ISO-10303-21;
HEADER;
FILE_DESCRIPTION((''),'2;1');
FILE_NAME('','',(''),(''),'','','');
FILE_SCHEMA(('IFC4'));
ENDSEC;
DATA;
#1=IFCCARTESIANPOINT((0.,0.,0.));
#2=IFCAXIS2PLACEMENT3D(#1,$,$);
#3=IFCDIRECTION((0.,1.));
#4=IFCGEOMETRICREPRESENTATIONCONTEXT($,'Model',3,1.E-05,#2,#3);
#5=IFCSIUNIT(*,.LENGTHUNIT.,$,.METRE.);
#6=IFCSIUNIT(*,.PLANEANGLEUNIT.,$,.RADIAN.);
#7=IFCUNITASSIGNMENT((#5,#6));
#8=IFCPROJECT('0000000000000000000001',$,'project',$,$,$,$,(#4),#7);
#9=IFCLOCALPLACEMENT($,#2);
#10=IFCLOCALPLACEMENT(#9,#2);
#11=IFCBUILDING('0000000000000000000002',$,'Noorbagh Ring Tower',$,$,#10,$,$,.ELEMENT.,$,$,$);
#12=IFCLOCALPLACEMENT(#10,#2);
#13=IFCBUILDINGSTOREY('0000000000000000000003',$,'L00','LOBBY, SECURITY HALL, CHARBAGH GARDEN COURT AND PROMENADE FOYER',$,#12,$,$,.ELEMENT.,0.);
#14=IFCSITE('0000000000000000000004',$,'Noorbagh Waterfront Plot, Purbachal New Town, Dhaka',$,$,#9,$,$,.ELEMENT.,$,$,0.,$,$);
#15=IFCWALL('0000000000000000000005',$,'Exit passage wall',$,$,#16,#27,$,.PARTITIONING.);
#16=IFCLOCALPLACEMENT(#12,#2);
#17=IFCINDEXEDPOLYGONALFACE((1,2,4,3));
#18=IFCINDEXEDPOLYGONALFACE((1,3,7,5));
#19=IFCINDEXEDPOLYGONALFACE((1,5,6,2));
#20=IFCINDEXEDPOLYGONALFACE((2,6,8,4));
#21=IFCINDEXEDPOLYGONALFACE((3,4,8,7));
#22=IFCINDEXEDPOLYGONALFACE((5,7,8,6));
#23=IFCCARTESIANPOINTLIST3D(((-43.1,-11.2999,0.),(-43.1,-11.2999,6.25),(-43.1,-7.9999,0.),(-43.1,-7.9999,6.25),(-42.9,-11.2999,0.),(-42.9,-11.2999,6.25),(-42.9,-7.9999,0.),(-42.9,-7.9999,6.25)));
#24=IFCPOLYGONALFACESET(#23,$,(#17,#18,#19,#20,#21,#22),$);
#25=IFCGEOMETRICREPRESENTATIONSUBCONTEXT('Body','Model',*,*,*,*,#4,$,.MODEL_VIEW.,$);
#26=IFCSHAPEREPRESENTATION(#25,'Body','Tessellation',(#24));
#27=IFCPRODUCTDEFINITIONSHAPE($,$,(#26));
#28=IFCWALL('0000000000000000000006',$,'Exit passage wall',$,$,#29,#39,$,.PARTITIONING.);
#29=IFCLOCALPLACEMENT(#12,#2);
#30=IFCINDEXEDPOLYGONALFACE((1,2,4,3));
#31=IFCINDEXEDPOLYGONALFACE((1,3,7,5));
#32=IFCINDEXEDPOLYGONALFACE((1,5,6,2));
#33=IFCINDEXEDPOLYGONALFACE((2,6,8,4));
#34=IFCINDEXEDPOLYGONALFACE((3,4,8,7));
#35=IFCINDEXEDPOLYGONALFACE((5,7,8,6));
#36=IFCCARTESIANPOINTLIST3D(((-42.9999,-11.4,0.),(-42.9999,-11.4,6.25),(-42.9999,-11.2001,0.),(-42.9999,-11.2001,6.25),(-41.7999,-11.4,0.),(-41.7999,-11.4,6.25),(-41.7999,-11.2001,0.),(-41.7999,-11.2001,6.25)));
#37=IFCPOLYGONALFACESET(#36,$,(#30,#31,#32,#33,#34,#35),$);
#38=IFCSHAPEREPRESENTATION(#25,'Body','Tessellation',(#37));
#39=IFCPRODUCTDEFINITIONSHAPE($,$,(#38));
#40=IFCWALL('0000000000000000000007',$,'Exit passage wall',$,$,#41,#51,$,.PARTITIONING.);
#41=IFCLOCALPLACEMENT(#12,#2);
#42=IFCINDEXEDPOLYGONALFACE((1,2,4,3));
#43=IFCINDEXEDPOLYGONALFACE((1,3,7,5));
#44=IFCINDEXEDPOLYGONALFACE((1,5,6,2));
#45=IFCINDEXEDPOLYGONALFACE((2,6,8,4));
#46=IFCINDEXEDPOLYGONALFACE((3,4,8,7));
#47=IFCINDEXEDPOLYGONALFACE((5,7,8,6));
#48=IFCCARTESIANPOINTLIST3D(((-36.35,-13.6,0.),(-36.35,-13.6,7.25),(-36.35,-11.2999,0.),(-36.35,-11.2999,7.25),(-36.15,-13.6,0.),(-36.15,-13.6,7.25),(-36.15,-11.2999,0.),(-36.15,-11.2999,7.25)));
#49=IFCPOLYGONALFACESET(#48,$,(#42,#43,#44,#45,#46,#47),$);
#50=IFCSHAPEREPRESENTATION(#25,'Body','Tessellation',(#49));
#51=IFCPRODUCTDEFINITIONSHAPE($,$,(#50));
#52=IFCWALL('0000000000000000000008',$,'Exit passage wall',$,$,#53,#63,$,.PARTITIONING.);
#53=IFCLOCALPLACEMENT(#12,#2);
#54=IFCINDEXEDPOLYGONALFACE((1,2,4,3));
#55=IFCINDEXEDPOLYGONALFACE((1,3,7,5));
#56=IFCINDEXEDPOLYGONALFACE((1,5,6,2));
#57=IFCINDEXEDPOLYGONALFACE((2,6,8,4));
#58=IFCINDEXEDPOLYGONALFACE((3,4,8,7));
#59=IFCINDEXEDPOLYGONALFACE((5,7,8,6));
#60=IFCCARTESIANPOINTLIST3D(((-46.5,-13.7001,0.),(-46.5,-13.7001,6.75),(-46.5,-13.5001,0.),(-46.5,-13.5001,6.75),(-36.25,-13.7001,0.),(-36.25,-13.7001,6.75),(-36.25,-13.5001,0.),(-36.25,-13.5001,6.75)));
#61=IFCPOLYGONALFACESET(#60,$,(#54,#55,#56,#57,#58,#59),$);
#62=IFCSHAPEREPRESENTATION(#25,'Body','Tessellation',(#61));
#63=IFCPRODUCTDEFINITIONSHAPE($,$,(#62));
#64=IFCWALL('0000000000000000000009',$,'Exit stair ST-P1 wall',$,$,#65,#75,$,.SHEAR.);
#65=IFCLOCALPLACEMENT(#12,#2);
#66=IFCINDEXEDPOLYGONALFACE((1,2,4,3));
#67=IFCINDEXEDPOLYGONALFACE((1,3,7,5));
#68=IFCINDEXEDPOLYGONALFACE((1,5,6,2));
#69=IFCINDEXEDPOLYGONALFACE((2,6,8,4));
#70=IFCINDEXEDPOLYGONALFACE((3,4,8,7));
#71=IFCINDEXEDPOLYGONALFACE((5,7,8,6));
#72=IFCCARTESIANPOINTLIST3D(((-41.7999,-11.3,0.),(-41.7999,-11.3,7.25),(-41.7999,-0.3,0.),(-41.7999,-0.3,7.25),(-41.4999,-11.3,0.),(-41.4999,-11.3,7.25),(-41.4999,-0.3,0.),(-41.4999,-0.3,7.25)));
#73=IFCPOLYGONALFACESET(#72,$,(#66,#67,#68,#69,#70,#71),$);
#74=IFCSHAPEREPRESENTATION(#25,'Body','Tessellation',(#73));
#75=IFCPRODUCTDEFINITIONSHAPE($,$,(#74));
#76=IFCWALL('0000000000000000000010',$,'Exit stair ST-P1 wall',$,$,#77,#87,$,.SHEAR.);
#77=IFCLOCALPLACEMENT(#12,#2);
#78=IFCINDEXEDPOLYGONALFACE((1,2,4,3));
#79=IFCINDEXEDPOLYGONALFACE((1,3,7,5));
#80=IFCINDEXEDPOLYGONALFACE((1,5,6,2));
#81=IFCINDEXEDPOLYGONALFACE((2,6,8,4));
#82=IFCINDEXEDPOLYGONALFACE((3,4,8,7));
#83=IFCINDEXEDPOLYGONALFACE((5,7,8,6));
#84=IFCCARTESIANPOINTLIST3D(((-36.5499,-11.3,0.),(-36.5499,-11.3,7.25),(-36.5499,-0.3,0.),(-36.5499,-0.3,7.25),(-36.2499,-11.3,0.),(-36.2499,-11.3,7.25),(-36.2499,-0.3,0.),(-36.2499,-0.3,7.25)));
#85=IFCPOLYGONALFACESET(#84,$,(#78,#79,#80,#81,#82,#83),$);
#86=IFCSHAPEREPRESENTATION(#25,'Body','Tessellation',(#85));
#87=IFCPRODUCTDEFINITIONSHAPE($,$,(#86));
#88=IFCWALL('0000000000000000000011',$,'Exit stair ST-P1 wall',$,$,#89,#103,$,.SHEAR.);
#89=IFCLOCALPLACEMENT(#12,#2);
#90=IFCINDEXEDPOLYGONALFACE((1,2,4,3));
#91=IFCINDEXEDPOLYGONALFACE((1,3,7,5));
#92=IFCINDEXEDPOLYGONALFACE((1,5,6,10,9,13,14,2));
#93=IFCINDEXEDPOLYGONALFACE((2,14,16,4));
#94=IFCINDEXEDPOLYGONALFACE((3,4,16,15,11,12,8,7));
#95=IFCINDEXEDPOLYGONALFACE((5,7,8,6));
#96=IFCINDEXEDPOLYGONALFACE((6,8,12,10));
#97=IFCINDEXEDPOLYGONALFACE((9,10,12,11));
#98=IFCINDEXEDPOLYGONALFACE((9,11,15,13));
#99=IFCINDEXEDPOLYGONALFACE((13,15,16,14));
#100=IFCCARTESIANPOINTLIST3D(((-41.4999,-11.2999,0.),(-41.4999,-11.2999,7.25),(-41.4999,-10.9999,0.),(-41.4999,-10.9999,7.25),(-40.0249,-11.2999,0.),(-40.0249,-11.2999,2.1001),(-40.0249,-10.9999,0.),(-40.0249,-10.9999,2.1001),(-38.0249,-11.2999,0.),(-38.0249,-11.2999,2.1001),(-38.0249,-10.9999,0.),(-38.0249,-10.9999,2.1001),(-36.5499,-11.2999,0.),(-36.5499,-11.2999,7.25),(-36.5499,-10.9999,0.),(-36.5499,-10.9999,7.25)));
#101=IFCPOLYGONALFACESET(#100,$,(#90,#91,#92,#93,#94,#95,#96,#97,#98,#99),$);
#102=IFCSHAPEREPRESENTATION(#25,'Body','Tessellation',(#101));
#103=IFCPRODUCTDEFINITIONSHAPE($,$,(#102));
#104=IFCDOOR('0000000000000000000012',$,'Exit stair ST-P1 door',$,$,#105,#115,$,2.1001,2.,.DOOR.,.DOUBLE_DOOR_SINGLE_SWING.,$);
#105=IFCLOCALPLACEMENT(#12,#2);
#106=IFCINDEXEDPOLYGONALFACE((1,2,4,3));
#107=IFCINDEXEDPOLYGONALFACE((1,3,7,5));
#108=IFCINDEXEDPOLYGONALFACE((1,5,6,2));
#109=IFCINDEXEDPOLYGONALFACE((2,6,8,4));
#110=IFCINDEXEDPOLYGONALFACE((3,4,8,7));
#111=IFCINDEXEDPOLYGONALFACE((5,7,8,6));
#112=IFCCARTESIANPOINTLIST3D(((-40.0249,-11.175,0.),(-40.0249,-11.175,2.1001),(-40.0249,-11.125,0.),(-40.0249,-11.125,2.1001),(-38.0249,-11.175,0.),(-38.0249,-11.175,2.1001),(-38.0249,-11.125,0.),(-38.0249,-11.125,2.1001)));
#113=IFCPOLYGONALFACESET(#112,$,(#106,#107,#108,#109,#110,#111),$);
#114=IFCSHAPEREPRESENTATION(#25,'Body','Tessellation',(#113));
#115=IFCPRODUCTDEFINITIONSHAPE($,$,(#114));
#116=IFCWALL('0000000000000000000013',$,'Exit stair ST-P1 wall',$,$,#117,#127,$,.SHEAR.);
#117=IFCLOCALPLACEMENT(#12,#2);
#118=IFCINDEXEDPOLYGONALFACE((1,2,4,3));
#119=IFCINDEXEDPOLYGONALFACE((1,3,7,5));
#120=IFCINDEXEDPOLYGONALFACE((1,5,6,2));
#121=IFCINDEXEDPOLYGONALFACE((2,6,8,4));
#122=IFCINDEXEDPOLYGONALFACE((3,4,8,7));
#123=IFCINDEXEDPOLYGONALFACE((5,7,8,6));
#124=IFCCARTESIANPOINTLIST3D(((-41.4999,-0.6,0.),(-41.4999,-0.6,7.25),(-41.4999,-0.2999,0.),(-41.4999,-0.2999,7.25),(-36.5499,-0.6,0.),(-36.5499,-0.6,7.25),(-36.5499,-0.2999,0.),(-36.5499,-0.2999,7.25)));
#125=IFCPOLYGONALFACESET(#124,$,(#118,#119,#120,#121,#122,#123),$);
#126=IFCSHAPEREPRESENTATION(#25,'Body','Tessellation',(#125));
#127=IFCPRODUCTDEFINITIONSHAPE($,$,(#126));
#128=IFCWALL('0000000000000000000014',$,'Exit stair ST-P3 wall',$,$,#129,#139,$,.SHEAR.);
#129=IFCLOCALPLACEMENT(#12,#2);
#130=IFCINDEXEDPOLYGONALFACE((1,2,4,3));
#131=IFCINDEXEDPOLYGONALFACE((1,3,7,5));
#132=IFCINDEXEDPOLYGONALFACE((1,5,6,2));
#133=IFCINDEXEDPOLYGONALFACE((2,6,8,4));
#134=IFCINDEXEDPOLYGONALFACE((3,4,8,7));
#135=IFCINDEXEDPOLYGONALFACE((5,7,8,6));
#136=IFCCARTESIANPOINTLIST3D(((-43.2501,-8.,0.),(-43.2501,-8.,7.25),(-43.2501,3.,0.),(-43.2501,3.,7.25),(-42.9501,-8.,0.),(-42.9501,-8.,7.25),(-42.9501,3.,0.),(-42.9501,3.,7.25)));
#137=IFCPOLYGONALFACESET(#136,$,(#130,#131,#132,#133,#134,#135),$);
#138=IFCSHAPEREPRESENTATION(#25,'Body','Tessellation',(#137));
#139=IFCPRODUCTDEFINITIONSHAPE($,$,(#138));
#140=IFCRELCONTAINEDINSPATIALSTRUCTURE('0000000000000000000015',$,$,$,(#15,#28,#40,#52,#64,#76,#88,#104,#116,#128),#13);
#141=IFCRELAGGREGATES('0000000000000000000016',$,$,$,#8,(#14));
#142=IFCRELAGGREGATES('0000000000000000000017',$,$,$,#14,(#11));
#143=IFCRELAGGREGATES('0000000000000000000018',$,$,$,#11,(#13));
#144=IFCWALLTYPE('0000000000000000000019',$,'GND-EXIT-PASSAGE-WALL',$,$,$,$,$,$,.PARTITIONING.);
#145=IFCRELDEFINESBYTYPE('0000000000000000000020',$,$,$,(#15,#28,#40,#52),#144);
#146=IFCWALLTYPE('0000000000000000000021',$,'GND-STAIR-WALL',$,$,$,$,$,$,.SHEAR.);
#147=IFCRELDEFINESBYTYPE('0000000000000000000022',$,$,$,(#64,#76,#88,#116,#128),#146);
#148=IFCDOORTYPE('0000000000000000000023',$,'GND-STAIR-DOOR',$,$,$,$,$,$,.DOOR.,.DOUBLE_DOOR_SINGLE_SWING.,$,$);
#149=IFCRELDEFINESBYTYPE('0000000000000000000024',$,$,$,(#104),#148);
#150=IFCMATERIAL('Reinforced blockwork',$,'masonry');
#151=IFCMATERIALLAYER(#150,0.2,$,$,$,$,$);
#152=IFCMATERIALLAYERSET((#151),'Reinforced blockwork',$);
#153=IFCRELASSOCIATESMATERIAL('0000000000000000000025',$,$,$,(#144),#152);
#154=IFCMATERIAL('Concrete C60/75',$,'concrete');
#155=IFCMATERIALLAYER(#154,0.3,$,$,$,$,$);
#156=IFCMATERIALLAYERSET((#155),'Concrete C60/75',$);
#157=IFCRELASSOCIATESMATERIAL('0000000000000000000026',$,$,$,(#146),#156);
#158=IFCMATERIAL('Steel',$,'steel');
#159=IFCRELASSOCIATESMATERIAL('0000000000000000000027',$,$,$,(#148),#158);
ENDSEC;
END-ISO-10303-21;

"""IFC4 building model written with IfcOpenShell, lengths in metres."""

from ifc_helpers import new_model, si_unit, direction, frame, frame_2d, origin, place, context, subcontext, project, spatial, rectangle, extrude, material, layer, layer_set, type_object, element, fill, save


model = new_model("IFC4")

# Units and contexts
model_context = context("Model", 3, precision=1e-05, world=origin(), true_north=direction((0.0, 1.0)))
body_context = subcontext(model_context, "Body", "Model", "MODEL_VIEW")
ifc_project = project(units=[si_unit("LENGTHUNIT", "METRE"), si_unit("PLANEANGLEUNIT", "RADIAN")], contexts=[model_context])

# Site, building, storey
site_placement = place(None, origin())
site = spatial("IfcSite", under=ifc_project, at=site_placement, Name="Noorbagh Waterfront Plot, Purbachal New Town, Dhaka", CompositionType="ELEMENT", RefElevation=0.0)
building_placement = place(site_placement, origin())
building = spatial("IfcBuilding", under=site, at=building_placement, Name="Noorbagh Ring Tower", CompositionType="ELEMENT")
storey_placement = place(building_placement, origin())
storey = spatial("IfcBuildingStorey", under=building, at=storey_placement, Name="L00", Description="LOBBY, SECURITY HALL, CHARBAGH GARDEN COURT AND PROMENADE FOYER", CompositionType="ELEMENT", Elevation=0.0)

# Walls
ifc_material_1 = material(Name="Reinforced blockwork", Category="masonry")
ifc_layer_1 = layer(ifc_material_1, 0.2)
ifc_layer_set_1 = layer_set([ifc_layer_1], Name="Reinforced blockwork")
wall_type_1 = type_object("IfcWallType", Name="GND-EXIT-PASSAGE-WALL", PredefinedType="PARTITIONING", material=ifc_layer_set_1)
wall_1_placement = place(storey_placement, frame((-43.0, -8.0, 0.0), z_axis=(0.0, 0.0, 1.0), x_axis=(0.0, -1.0, 0.0)))
element("IfcWall", 1, at=wall_1_placement, inside=storey, type_object=wall_type_1, Name="Exit passage wall", PredefinedType="PARTITIONING", context=body_context, shape_type="SweptSolid", body=[
    extrude(rectangle(XDim=3.3, YDim=0.2, at=frame_2d((1.6499, 0.0))), origin(), (0.0, 0.0, 1.0), 6.25),
])
wall_2_placement = place(storey_placement, frame((-43.0, -11.3, 0.0), z_axis=(0.0, 0.0, 1.0), x_axis=(1.0, 0.0, 0.0)))
element("IfcWall", 2, at=wall_2_placement, inside=storey, type_object=wall_type_1, Name="Exit passage wall", PredefinedType="PARTITIONING", context=body_context, shape_type="SweptSolid", body=[
    extrude(rectangle(XDim=1.2, YDim=0.2, at=frame_2d((0.6001, 0.0))), origin(), (0.0, 0.0, 1.0), 6.25),
])
wall_3_placement = place(storey_placement, frame((-36.25, -11.3, 0.0), z_axis=(0.0, 0.0, 1.0), x_axis=(0.0, -1.0, 0.0)))
element("IfcWall", 3, at=wall_3_placement, inside=storey, type_object=wall_type_1, Name="Exit passage wall", PredefinedType="PARTITIONING", context=body_context, shape_type="SweptSolid", body=[
    extrude(rectangle(XDim=2.3, YDim=0.2, at=frame_2d((1.1499, 0.0))), origin(), (0.0, 0.0, 1.0), 7.25),
])
wall_4_placement = place(storey_placement, frame((-36.25, -13.6001, 0.0), z_axis=(0.0, 0.0, 1.0), x_axis=(-1.0, 0.0, 0.0)))
element("IfcWall", 4, at=wall_4_placement, inside=storey, type_object=wall_type_1, Name="Exit passage wall", PredefinedType="PARTITIONING", context=body_context, shape_type="SweptSolid", body=[
    extrude(rectangle(XDim=10.25, YDim=0.2, at=frame_2d((5.125, 0.0))), origin(), (0.0, 0.0, 1.0), 6.75),
])
ifc_material_2 = material(Name="Concrete C60/75", Category="concrete")
ifc_layer_2 = layer(ifc_material_2, 0.3)
ifc_layer_set_2 = layer_set([ifc_layer_2], Name="Concrete C60/75")
wall_type_2 = type_object("IfcWallType", Name="GND-STAIR-WALL", PredefinedType="SHEAR", material=ifc_layer_set_2)
for number, where, z_axis, x_axis, name in (
    (5, (-41.6499, -11.3, 0.0), (0.0, 0.0, 1.0), (0.0, 1.0, 0.0), "Exit stair ST-P1 wall"),
    (6, (-36.3999, -11.3, 0.0), (0.0, 0.0, 1.0), (0.0, 1.0, 0.0), "Exit stair ST-P1 wall"),
):
    element("IfcWall", number, at=place(storey_placement, frame(where, z_axis=z_axis, x_axis=x_axis)), inside=storey, type_object=wall_type_2, Name=name, PredefinedType="SHEAR", context=body_context, shape_type="SweptSolid", body=[
        extrude(rectangle(XDim=11.0, YDim=0.3, at=frame_2d((5.5, 0.0))), origin(), (0.0, 0.0, 1.0), 7.25),
    ])

# Wall, opening, door
wall_5_placement = place(storey_placement, frame((-41.5, -11.1499, 0.0), z_axis=(0.0, 0.0, 1.0), x_axis=(1.0, 0.0, 0.0)))
wall_5 = element("IfcWall", 7, at=wall_5_placement, inside=storey, type_object=wall_type_2, Name="Exit stair ST-P1 wall", PredefinedType="SHEAR", context=body_context, shape_type="SweptSolid", body=[
    extrude(rectangle(XDim=4.95, YDim=0.3, at=frame_2d((2.4751, 0.0))), origin(), (0.0, 0.0, 1.0), 7.25),
])
opening_placement = place(wall_5_placement, frame((1.4751, 0.0, 0.0)))
opening = element("IfcOpeningElement", 8, at=opening_placement, cuts=wall_5, PredefinedType="OPENING", context=body_context, shape_type="SweptSolid", body=[
    extrude(rectangle(XDim=2.0, YDim=2.1001, at=frame_2d((1.0, 1.05))), frame((0.0, 0.1602, 0.0), z_axis=(0.0, -1.0, 0.0), x_axis=(1.0, 0.0, 0.0)), (0.0, 0.0, 1.0), 0.3201),
])
ifc_material_3 = material(Name="Steel", Category="steel")
door_type = type_object("IfcDoorType", Name="GND-STAIR-DOOR", OperationType="DOUBLE_DOOR_SINGLE_SWING", PredefinedType="DOOR", material=ifc_material_3)
door_placement = place(opening_placement, origin())
door = element("IfcDoor", 9, at=door_placement, inside=storey, type_object=door_type, Name="Exit stair ST-P1 door", OperationType="DOUBLE_DOOR_SINGLE_SWING", OverallHeight=2.1001, OverallWidth=2.0, PredefinedType="DOOR", context=body_context, shape_type="SweptSolid", body=[
    extrude(rectangle(XDim=2.0, YDim=2.1001, at=frame_2d((1.0, 1.05))), frame((0.0, 0.0249, 0.0), z_axis=(0.0, -1.0, 0.0), x_axis=(1.0, 0.0, 0.0)), (0.0, 0.0, 1.0), 0.05),
])
fill(opening, door)

# Walls
wall_6_placement = place(storey_placement, frame((-41.5, -0.45, 0.0), z_axis=(0.0, 0.0, 1.0), x_axis=(1.0, 0.0, 0.0)))
element("IfcWall", 10, at=wall_6_placement, inside=storey, type_object=wall_type_2, Name="Exit stair ST-P1 wall", PredefinedType="SHEAR", context=body_context, shape_type="SweptSolid", body=[
    extrude(rectangle(XDim=4.95, YDim=0.3, at=frame_2d((2.4751, 0.0))), origin(), (0.0, 0.0, 1.0), 7.25),
])
wall_7_placement = place(storey_placement, frame((-43.1001, -8.0, 0.0), z_axis=(0.0, 0.0, 1.0), x_axis=(0.0, 1.0, 0.0)))
element("IfcWall", 11, at=wall_7_placement, inside=storey, type_object=wall_type_2, Name="Exit stair ST-P3 wall", PredefinedType="SHEAR", context=body_context, shape_type="SweptSolid", body=[
    extrude(rectangle(XDim=11.0, YDim=0.3, at=frame_2d((5.5, 0.0))), origin(), (0.0, 0.0, 1.0), 7.25),
])

save(model, "model.ifc")
